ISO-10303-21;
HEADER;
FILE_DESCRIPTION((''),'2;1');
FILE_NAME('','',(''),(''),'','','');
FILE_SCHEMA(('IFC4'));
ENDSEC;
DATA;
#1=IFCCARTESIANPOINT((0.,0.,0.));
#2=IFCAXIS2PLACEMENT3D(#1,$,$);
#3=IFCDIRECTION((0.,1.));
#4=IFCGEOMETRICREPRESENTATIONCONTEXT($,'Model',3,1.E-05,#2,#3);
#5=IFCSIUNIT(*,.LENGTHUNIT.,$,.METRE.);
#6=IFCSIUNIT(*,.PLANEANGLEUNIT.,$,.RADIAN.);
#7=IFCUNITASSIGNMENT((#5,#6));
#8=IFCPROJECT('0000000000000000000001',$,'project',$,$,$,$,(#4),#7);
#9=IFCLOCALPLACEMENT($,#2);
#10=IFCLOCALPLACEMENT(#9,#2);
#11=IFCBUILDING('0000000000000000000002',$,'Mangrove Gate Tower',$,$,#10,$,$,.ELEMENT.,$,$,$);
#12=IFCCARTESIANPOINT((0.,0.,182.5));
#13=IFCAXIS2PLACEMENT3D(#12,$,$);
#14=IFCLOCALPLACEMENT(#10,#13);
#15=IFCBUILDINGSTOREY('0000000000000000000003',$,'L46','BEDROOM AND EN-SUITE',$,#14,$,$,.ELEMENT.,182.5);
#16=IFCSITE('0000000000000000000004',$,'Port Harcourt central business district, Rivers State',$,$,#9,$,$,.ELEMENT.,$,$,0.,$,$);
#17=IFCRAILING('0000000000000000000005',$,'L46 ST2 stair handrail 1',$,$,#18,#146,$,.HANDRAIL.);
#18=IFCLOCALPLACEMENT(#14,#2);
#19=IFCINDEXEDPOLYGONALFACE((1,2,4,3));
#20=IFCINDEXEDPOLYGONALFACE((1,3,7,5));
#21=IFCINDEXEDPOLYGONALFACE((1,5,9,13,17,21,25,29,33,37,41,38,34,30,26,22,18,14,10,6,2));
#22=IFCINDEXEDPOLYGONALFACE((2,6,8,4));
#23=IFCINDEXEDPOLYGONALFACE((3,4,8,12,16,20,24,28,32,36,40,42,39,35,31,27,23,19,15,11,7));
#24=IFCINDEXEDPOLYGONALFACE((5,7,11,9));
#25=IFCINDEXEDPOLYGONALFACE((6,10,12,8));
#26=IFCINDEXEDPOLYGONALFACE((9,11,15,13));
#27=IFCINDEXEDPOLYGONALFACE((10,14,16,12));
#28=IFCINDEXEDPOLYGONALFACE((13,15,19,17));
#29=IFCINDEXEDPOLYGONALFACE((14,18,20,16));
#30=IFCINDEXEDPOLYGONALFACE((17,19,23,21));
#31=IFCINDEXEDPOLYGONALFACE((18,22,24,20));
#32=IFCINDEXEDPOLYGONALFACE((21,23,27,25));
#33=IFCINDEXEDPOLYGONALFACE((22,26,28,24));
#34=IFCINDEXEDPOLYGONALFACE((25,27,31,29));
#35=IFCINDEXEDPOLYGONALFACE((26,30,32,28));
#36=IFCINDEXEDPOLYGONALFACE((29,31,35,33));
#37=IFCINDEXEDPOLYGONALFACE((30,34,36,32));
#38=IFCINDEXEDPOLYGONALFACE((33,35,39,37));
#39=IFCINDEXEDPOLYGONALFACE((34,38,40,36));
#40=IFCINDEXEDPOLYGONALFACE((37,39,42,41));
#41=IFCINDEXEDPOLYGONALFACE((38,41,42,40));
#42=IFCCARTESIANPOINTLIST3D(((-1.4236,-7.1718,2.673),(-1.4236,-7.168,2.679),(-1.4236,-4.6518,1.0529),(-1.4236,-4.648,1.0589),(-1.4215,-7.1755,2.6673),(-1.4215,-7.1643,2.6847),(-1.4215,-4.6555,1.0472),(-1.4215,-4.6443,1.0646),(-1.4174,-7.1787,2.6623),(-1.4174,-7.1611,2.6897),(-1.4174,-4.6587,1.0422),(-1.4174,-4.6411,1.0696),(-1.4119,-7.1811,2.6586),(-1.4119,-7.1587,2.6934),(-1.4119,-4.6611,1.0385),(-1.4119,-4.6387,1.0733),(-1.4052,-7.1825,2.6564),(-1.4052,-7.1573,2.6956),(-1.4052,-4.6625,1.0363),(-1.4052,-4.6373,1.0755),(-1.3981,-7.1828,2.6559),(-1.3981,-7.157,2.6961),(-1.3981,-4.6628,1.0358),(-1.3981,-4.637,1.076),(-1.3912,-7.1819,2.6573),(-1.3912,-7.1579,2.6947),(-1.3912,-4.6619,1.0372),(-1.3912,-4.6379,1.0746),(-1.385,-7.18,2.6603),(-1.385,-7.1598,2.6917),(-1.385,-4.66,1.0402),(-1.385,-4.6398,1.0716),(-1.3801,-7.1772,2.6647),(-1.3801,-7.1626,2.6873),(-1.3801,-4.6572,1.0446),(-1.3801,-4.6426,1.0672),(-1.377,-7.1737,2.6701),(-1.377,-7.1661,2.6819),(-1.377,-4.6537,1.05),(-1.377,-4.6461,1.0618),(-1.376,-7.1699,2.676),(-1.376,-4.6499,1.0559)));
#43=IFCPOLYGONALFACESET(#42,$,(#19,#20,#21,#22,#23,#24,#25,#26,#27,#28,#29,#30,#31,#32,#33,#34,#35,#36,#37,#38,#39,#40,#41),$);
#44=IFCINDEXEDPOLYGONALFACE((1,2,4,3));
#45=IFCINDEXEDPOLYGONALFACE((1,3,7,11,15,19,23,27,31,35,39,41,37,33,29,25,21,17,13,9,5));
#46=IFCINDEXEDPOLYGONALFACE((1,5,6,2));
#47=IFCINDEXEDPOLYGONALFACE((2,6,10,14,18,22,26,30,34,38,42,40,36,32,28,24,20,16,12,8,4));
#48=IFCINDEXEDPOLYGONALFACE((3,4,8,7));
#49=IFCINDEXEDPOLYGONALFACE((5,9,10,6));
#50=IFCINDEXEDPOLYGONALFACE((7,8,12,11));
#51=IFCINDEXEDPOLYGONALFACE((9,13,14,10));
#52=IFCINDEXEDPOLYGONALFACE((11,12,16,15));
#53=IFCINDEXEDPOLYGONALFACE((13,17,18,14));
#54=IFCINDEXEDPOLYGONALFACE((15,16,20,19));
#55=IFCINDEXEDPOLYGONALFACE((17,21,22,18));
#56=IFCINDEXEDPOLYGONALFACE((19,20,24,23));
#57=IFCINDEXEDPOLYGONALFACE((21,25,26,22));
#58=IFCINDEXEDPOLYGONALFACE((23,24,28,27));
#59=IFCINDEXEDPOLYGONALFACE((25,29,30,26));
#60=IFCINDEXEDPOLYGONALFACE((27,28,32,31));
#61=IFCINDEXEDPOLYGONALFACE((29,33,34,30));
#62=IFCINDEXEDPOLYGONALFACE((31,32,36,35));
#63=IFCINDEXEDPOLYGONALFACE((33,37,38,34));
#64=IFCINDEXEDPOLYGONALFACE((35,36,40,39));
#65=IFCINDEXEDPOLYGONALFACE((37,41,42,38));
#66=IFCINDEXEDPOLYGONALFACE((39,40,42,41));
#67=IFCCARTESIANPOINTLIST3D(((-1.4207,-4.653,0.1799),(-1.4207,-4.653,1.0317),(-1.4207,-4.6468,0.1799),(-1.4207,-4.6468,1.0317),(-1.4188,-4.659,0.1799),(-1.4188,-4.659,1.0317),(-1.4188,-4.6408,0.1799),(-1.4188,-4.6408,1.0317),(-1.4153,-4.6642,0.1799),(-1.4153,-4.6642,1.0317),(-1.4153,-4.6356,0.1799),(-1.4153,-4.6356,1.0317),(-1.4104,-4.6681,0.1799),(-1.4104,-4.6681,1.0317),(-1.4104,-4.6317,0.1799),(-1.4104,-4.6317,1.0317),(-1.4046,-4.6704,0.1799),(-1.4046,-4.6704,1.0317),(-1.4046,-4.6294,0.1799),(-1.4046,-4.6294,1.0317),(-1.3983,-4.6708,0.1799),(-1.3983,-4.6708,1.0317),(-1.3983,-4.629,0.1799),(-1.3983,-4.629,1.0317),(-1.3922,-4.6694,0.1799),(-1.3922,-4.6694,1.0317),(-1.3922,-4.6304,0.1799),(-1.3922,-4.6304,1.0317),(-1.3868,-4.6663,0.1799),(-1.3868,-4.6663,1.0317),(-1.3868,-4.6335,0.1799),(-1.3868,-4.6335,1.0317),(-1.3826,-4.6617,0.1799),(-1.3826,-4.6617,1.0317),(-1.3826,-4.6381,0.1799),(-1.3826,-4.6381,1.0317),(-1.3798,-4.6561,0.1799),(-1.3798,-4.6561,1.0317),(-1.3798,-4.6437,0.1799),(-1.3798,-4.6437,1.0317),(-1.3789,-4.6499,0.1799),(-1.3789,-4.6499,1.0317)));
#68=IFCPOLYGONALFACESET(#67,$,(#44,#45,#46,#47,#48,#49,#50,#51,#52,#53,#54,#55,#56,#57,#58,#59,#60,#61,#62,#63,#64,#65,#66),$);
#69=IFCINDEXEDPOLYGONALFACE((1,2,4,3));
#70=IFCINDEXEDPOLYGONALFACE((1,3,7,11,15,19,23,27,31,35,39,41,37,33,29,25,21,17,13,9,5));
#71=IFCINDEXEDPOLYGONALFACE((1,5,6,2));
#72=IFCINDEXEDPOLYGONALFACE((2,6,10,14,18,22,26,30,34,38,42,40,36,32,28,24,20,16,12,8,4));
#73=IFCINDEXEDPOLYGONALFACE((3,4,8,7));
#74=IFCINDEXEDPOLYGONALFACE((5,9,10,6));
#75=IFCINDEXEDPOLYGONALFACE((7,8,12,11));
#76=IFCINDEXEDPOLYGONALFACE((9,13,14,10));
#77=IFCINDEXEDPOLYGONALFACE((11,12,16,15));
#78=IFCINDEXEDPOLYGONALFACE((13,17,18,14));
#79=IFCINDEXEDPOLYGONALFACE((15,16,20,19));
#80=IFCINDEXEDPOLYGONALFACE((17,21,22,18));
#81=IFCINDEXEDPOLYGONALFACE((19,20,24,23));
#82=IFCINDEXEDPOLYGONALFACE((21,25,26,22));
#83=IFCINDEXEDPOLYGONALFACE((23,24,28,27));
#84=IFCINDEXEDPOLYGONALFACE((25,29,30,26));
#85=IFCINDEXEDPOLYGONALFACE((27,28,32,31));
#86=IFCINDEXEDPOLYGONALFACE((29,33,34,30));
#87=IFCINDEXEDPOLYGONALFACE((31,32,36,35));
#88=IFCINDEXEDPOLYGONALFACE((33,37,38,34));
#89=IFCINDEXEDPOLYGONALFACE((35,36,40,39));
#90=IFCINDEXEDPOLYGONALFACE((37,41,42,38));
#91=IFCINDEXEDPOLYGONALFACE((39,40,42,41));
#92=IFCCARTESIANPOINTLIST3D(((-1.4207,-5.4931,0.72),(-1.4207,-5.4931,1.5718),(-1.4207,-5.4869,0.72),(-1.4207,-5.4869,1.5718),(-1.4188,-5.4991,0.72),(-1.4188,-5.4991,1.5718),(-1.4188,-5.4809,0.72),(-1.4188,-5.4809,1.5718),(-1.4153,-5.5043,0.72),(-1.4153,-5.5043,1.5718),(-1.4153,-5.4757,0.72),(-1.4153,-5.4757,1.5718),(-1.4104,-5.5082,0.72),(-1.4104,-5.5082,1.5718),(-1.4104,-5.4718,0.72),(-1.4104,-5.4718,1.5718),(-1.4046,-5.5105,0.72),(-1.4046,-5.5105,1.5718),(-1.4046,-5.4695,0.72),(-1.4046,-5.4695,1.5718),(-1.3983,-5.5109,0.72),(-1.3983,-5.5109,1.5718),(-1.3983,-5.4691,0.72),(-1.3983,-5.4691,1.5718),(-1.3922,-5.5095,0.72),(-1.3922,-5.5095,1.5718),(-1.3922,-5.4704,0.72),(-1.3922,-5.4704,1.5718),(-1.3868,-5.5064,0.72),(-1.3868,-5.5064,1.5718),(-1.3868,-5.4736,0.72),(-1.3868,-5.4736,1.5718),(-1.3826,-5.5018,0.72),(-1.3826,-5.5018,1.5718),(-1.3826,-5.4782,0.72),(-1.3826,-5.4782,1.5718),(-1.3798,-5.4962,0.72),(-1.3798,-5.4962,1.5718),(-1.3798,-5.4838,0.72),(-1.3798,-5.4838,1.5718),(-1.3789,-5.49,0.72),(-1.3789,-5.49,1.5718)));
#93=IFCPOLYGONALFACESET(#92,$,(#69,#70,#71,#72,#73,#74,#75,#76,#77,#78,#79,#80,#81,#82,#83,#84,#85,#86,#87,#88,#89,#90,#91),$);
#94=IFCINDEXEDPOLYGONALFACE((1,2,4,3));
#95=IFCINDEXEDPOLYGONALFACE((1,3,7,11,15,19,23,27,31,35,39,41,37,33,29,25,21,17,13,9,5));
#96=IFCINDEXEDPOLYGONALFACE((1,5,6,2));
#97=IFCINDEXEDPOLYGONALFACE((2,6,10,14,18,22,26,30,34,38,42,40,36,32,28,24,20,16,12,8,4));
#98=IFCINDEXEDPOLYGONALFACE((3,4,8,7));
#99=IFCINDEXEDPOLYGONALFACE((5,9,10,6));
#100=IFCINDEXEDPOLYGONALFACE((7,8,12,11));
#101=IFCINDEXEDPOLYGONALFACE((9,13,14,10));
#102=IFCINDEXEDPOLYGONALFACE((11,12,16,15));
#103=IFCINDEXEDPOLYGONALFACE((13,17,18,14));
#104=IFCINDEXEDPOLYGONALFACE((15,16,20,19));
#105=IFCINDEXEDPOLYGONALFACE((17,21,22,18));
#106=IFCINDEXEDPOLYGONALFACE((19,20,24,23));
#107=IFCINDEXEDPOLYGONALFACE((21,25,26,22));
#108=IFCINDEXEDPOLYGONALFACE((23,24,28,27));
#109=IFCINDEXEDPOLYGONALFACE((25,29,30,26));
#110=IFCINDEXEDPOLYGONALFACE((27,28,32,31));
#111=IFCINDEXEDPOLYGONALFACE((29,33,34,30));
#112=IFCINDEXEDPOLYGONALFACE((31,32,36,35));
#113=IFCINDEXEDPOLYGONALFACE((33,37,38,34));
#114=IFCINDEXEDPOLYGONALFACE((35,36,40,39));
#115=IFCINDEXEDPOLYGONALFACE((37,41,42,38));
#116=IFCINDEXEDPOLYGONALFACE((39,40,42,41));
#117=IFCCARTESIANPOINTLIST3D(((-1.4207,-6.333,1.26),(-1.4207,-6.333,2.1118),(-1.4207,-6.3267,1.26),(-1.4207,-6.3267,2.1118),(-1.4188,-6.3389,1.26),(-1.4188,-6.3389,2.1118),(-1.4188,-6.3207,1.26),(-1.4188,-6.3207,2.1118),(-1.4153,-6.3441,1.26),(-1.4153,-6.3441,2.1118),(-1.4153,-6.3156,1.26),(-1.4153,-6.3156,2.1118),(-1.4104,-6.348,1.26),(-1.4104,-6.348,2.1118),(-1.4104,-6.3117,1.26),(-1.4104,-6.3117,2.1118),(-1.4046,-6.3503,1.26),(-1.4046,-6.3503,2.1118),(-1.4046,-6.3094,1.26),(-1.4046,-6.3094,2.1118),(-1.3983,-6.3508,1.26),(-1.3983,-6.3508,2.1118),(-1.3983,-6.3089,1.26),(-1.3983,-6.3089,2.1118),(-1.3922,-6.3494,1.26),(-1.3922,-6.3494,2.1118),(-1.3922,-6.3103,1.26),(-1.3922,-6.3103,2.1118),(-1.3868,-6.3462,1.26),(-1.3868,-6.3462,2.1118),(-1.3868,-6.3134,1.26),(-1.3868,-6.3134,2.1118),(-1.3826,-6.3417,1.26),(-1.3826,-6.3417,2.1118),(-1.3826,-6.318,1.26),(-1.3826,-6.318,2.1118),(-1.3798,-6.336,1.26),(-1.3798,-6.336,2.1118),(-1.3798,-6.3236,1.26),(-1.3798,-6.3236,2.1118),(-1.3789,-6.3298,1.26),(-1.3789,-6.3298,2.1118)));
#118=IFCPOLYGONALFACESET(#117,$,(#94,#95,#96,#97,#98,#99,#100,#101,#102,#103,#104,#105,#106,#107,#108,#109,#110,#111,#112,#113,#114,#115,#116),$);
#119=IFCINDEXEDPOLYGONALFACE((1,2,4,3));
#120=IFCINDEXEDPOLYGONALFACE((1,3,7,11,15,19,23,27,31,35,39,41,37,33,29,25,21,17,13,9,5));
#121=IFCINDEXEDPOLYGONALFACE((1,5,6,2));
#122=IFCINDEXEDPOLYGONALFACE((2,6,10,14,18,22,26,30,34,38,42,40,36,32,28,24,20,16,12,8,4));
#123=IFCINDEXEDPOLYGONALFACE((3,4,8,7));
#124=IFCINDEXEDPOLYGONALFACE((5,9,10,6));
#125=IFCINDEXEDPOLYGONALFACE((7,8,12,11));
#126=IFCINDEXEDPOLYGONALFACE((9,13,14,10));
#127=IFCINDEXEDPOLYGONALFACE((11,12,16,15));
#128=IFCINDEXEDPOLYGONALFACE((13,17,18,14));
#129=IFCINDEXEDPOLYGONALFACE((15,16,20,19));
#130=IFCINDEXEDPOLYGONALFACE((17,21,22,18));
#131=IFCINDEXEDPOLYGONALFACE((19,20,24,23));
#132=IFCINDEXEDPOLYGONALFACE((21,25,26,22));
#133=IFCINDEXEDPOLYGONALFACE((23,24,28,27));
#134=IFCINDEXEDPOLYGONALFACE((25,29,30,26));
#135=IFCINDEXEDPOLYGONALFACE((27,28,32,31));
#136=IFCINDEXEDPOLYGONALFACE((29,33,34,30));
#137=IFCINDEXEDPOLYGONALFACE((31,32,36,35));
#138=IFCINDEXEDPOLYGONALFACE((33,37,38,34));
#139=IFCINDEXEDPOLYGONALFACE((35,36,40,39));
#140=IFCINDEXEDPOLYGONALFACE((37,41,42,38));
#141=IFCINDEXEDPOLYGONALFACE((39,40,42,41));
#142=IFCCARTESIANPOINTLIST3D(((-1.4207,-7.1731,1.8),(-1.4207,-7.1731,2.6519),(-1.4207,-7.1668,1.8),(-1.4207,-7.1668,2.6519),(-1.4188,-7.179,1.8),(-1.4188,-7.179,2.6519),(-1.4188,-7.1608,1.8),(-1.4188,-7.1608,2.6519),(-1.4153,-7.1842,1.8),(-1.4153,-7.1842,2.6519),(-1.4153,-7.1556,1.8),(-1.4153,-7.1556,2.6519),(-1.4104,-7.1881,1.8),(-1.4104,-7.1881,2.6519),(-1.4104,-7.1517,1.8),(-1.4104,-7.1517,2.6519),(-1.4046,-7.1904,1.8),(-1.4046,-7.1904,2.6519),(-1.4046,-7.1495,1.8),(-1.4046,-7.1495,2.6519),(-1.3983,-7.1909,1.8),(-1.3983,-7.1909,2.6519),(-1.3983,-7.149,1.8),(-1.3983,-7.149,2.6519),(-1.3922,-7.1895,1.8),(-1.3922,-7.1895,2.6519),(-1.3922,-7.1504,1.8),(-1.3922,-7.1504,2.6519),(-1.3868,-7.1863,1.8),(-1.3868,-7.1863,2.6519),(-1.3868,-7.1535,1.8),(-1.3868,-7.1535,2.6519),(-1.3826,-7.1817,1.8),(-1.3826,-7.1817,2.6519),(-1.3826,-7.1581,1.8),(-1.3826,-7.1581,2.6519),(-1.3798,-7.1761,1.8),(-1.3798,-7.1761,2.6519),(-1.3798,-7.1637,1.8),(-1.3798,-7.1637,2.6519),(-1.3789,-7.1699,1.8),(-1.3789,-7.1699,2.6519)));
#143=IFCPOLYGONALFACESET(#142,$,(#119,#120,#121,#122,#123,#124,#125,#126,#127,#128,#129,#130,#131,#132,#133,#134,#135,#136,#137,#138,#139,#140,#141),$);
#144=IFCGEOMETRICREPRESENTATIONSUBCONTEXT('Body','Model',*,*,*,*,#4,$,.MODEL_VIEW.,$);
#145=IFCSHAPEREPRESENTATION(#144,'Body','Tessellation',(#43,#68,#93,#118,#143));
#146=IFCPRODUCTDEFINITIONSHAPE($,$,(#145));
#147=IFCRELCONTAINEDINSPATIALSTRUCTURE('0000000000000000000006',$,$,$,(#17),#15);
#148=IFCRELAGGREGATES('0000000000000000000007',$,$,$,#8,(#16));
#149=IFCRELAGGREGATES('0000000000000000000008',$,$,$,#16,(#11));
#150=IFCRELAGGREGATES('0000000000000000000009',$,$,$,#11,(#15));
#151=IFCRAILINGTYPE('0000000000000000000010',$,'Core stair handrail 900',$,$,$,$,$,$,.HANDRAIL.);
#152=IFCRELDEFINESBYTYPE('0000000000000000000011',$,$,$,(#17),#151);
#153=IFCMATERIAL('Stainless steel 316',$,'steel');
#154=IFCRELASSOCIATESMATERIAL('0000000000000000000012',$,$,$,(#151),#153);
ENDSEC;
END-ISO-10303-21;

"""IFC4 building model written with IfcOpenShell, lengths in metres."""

from ifc_helpers import new_model, si_unit, direction, frame, origin, origin_2d, place, context, subcontext, project, spatial, circle, extrude, material, type_object, element, save


model = new_model("IFC4")

# Units and contexts
model_context = context("Model", 3, precision=1e-05, world=origin(), true_north=direction((0.0, 1.0)))
body_context = subcontext(model_context, "Body", "Model", "MODEL_VIEW")
ifc_project = project(units=[si_unit("LENGTHUNIT", "METRE"), si_unit("PLANEANGLEUNIT", "RADIAN")], contexts=[model_context])

# Site, building, storey
site_placement = place(None, origin())
site = spatial("IfcSite", under=ifc_project, at=site_placement, Name="Port Harcourt central business district, Rivers State", CompositionType="ELEMENT", RefElevation=0.0)
building_placement = place(site_placement, origin())
building = spatial("IfcBuilding", under=site, at=building_placement, Name="Mangrove Gate Tower", CompositionType="ELEMENT")
storey_placement = place(building_placement, frame((0.0, 0.0, 182.5)))
storey = spatial("IfcBuildingStorey", under=building, at=storey_placement, Name="L46", Description="BEDROOM AND EN-SUITE", CompositionType="ELEMENT", Elevation=182.5)

# Railing
ifc_material_1 = material(Name="Stainless steel 316", Category="steel")
railing_type_1 = type_object("IfcRailingType", Name="Core stair handrail 900", PredefinedType="HANDRAIL", material=ifc_material_1)
railing_1_placement = place(storey_placement, frame((-1.3999, -4.6499, 0.1799)))
element("IfcRailing", 1, at=railing_1_placement, inside=storey, type_object=railing_type_1, Name="L46 ST2 stair handrail 1", PredefinedType="HANDRAIL", context=body_context, shape_type="SweptSolid", body=[
    extrude(circle(Radius=0.0239, at=origin_2d()), frame((0.0, 0.0, 0.876), z_axis=(0.0, -0.841163, 0.540782), x_axis=(1.0, 0.0, 0.0)), (0.0, 0.0, 1.0), 2.9958),
    extrude(circle(Radius=0.021, at=origin_2d()), origin(), (0.0, 0.0, 1.0), 0.8518),
    extrude(circle(Radius=0.021, at=origin_2d()), frame((0.0, -0.8401, 0.54)), (0.0, 0.0, 1.0), 0.8518),
    extrude(circle(Radius=0.021, at=origin_2d()), frame((0.0, -1.6799, 1.0801)), (0.0, 0.0, 1.0), 0.8518),
    extrude(circle(Radius=0.021, at=origin_2d()), frame((0.0, -2.52, 1.6201)), (0.0, 0.0, 1.0), 0.8518),
])

save(model, "model.ifc")
